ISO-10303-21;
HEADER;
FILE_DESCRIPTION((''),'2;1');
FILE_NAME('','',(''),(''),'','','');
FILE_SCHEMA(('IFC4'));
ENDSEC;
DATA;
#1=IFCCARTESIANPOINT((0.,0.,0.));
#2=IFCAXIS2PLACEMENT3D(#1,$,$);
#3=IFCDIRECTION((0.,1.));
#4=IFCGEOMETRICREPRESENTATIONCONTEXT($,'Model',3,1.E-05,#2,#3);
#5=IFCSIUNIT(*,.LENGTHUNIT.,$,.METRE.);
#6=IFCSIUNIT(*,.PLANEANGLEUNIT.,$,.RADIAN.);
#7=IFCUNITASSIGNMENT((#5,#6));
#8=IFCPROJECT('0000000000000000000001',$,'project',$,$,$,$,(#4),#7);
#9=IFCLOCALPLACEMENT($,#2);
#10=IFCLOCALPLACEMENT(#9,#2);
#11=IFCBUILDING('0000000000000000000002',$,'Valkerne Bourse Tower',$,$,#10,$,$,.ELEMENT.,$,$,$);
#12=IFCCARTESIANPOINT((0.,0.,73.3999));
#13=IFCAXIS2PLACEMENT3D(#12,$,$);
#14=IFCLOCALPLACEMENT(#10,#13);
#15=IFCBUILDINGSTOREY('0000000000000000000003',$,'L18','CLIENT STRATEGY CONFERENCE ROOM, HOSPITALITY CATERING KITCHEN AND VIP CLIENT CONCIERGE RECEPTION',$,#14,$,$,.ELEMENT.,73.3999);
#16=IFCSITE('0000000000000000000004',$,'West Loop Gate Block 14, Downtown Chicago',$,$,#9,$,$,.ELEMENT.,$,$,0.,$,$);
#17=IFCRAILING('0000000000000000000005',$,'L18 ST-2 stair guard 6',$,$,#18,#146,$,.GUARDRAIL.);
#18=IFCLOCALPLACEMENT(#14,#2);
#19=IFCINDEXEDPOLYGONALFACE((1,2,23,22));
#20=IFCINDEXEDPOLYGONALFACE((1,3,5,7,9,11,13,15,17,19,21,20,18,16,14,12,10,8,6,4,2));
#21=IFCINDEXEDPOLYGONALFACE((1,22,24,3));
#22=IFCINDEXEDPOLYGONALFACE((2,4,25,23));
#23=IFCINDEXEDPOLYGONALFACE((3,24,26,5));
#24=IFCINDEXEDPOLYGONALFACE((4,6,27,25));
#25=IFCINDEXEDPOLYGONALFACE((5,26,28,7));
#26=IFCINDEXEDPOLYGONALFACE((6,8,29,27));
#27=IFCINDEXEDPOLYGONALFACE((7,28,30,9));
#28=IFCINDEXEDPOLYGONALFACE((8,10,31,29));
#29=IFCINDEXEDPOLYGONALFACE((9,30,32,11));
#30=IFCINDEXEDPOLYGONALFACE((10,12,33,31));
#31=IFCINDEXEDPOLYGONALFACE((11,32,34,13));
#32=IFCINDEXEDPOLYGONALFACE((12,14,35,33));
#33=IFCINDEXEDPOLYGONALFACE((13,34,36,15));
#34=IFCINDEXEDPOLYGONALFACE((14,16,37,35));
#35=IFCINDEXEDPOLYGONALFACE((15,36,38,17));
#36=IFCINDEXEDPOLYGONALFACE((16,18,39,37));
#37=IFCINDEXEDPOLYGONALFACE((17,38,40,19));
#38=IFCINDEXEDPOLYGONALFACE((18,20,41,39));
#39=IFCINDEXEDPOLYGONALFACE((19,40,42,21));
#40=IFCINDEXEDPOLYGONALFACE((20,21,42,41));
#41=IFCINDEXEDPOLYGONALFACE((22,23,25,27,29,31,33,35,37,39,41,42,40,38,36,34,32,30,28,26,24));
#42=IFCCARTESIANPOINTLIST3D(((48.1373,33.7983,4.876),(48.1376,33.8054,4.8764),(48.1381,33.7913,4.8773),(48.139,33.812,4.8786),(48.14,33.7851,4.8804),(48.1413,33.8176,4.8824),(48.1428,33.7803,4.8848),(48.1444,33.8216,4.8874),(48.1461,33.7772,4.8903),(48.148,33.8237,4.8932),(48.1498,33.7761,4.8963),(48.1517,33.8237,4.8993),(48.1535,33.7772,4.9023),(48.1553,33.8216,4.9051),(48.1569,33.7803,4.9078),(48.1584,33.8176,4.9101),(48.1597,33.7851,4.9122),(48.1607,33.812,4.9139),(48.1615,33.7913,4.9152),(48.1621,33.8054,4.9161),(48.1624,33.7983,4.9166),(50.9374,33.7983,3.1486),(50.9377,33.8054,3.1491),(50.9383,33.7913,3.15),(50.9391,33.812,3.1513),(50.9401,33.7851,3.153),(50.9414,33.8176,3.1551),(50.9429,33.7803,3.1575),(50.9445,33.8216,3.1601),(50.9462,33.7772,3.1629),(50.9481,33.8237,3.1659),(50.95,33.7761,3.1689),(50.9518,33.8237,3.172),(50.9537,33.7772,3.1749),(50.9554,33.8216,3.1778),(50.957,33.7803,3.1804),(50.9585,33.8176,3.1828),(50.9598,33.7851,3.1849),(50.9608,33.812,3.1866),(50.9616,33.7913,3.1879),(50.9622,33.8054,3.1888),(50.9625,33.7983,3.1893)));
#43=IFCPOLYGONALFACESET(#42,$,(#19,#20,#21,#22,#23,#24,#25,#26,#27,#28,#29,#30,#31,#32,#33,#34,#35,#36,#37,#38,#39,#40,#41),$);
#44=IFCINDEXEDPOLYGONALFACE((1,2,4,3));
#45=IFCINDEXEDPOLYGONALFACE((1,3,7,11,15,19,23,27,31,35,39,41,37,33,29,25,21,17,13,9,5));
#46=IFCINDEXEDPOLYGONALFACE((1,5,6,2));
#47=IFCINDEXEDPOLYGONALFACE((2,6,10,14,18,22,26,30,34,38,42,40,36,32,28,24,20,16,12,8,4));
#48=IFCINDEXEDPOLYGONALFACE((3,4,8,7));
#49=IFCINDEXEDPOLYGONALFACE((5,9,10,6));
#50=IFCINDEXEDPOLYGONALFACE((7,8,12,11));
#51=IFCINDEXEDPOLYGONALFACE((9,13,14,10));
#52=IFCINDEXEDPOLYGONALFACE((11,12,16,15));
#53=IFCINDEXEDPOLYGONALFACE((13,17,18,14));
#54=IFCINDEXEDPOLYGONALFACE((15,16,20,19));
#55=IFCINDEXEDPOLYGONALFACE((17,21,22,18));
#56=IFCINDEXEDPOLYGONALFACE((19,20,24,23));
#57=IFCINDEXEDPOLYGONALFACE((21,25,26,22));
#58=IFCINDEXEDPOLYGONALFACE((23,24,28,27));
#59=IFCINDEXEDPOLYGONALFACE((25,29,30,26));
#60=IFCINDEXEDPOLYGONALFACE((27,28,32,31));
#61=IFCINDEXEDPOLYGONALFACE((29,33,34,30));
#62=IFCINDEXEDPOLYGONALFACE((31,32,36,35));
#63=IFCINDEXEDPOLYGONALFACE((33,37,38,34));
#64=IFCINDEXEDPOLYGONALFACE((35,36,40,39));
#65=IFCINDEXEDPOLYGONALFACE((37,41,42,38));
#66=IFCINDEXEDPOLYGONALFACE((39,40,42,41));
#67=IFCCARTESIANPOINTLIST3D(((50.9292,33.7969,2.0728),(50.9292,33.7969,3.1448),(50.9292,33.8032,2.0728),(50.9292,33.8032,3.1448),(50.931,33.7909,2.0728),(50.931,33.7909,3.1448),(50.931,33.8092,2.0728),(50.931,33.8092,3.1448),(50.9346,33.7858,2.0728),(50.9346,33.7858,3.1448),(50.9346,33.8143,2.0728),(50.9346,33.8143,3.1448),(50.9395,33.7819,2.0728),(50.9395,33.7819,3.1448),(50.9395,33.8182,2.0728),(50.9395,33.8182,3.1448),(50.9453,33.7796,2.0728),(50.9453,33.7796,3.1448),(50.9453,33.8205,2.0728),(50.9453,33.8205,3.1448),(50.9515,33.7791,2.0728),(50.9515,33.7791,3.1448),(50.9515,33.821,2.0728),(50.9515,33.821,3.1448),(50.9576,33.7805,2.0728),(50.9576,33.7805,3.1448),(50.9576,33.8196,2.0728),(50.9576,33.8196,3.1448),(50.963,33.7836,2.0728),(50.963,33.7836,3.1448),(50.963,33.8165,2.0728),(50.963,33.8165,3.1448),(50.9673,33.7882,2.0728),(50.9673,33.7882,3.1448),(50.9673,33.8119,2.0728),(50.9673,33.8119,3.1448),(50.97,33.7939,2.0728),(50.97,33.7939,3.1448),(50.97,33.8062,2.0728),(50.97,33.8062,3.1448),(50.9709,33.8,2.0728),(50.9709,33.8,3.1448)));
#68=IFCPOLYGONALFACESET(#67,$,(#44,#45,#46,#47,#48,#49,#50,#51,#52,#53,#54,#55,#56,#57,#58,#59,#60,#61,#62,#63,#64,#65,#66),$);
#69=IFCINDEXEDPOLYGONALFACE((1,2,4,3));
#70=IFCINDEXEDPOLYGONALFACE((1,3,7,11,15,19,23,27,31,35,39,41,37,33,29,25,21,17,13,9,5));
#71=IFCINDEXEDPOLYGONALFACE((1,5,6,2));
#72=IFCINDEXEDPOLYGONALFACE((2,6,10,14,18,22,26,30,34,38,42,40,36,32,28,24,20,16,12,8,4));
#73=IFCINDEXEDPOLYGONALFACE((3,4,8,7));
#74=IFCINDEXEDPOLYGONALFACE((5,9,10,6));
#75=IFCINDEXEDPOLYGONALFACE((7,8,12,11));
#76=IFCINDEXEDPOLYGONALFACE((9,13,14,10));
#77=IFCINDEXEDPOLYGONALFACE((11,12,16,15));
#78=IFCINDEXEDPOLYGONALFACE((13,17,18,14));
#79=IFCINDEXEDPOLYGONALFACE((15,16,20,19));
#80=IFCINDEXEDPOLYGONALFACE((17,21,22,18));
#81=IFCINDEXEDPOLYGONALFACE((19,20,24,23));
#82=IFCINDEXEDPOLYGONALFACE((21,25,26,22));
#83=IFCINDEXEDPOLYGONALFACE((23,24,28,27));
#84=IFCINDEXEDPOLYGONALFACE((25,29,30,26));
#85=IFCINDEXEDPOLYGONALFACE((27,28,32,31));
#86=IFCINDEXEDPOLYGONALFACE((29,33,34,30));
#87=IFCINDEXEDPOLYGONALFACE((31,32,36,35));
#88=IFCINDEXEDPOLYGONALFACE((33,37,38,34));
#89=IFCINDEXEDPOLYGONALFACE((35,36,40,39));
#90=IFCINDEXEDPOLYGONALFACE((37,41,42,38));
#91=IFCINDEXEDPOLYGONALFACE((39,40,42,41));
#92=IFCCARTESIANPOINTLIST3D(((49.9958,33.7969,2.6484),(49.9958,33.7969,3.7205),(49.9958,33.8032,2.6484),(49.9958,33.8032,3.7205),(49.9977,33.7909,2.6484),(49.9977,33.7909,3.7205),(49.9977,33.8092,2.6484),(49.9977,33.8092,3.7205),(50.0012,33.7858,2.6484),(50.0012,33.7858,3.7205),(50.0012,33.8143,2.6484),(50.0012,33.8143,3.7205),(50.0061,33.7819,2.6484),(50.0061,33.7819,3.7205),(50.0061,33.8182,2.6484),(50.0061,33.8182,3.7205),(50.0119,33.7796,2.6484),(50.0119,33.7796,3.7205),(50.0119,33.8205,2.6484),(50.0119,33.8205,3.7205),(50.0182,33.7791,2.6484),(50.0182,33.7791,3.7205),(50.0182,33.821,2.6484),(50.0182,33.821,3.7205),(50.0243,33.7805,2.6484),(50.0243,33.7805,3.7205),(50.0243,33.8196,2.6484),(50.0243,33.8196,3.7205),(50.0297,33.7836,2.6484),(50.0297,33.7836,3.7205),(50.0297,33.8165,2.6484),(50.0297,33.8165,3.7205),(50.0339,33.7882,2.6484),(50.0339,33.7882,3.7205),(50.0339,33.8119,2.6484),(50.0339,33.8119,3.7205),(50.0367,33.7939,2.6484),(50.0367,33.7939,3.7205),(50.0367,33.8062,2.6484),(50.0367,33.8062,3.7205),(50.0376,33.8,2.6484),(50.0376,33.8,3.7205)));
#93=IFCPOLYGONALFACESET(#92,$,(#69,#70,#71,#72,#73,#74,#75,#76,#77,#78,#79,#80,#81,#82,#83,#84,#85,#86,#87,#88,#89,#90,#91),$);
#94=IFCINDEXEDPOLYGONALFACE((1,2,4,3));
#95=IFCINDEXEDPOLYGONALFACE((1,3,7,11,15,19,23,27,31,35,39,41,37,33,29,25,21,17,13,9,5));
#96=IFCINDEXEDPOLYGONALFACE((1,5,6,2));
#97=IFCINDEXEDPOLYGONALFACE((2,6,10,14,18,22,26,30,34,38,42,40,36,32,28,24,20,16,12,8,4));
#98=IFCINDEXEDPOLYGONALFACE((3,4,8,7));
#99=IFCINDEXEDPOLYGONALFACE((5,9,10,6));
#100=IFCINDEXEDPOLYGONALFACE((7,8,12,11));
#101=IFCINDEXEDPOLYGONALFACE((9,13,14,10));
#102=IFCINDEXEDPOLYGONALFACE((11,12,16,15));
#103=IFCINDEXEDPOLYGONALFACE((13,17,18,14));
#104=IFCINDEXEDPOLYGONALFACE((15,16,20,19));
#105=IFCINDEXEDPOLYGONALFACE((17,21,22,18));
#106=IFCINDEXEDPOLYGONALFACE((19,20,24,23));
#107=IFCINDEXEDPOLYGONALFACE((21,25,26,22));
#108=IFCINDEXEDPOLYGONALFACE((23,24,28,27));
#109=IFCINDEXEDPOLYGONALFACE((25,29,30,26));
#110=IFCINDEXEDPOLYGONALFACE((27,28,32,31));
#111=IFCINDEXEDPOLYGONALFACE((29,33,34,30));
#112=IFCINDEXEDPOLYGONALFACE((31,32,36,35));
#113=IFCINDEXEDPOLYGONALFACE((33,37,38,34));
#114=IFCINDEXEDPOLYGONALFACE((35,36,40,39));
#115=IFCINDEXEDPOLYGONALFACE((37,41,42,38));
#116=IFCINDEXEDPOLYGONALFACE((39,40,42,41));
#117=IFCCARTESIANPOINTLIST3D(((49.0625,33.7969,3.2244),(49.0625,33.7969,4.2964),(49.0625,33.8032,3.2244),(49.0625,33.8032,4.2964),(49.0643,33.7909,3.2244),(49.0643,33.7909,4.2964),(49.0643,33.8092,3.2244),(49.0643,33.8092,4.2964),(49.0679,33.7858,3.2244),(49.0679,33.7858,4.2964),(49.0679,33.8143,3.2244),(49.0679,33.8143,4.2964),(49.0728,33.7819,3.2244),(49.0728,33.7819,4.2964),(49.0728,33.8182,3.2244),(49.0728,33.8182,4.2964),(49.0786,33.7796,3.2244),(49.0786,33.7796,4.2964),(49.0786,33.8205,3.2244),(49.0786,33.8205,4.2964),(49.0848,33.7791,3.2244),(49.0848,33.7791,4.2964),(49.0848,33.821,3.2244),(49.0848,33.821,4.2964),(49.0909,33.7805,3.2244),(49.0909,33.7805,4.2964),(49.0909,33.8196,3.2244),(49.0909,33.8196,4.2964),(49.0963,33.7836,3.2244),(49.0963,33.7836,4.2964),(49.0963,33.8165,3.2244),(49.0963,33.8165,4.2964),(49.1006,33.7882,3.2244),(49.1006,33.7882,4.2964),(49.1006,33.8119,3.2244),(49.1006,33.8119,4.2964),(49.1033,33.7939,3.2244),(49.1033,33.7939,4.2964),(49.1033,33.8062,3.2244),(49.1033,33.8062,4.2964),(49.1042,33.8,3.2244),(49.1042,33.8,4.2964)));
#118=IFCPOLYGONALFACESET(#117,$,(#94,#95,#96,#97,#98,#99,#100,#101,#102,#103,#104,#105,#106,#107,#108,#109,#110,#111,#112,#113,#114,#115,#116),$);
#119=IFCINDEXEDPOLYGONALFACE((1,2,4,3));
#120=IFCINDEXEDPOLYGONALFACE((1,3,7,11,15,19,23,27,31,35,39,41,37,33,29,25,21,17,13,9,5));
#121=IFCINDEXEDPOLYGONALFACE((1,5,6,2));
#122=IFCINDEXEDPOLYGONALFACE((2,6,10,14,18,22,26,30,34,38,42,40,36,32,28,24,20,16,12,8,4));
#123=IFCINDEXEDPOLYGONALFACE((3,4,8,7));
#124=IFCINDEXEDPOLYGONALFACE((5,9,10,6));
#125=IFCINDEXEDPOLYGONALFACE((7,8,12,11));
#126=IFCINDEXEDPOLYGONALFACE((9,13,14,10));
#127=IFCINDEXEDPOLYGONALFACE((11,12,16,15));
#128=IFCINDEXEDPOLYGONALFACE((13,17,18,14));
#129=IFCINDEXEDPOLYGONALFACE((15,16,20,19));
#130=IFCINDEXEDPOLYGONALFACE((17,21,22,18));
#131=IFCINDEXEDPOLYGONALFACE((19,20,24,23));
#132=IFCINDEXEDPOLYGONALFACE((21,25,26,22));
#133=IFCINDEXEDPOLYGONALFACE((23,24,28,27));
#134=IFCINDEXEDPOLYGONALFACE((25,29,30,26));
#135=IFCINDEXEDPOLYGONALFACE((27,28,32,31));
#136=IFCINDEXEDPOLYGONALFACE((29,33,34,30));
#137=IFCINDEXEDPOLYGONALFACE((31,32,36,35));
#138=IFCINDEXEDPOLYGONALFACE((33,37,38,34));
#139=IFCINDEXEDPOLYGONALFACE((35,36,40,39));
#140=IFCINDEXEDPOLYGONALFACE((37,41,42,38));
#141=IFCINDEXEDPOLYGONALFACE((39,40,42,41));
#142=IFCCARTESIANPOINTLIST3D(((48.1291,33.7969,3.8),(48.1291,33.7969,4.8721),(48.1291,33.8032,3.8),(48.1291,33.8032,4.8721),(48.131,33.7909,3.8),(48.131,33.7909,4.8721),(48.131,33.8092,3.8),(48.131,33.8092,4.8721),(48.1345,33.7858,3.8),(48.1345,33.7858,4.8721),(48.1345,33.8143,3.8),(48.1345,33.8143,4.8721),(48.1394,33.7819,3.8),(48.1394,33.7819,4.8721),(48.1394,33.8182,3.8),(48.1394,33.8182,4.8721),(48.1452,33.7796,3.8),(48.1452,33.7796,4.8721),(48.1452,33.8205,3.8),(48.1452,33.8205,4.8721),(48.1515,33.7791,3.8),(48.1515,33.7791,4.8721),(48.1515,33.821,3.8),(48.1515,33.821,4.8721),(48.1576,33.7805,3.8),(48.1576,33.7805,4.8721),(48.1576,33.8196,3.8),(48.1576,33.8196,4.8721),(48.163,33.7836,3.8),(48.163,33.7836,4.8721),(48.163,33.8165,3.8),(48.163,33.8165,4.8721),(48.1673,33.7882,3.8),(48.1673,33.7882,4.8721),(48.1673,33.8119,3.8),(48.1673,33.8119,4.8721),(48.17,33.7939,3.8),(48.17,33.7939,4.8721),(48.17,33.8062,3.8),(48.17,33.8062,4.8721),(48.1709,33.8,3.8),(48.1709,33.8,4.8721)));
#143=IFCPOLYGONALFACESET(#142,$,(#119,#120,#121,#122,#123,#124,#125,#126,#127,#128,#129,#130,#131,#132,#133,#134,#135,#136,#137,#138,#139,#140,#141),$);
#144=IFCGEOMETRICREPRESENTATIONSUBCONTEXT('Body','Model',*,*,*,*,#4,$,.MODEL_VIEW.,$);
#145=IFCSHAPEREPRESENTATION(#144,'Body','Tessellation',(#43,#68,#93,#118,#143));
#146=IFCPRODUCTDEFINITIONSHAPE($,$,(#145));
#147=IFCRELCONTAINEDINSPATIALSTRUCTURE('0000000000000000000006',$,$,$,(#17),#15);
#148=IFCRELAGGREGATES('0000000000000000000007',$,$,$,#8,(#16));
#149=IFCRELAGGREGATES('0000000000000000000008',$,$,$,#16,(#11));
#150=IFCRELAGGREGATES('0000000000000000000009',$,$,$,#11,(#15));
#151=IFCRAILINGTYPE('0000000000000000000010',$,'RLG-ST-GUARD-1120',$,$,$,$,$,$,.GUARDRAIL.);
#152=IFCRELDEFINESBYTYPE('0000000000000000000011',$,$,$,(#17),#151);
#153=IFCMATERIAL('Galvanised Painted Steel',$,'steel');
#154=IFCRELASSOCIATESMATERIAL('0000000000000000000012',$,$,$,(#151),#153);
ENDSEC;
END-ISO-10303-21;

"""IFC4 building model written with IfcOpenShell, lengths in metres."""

from ifc_helpers import new_model, si_unit, direction, frame, origin, origin_2d, place, context, subcontext, project, spatial, circle, extrude, material, type_object, element, save


model = new_model("IFC4")

# Units and contexts
model_context = context("Model", 3, precision=1e-05, world=origin(), true_north=direction((0.0, 1.0)))
body_context = subcontext(model_context, "Body", "Model", "MODEL_VIEW")
ifc_project = project(units=[si_unit("LENGTHUNIT", "METRE"), si_unit("PLANEANGLEUNIT", "RADIAN")], contexts=[model_context])

# Site, building, storey
site_placement = place(None, origin())
site = spatial("IfcSite", under=ifc_project, at=site_placement, Name="West Loop Gate Block 14, Downtown Chicago", CompositionType="ELEMENT", RefElevation=0.0)
building_placement = place(site_placement, origin())
building = spatial("IfcBuilding", under=site, at=building_placement, Name="Valkerne Bourse Tower", CompositionType="ELEMENT")
storey_placement = place(building_placement, frame((0.0, 0.0, 73.3999)))
storey = spatial("IfcBuildingStorey", under=building, at=storey_placement, Name="L18", Description="CLIENT STRATEGY CONFERENCE ROOM, HOSPITALITY CATERING KITCHEN AND VIP CLIENT CONCIERGE RECEPTION", CompositionType="ELEMENT", Elevation=73.3999)

# Railing
ifc_material_1 = material(Name="Galvanised Painted Steel", Category="steel")
railing_type_1 = type_object("IfcRailingType", Name="RLG-ST-GUARD-1120", PredefinedType="GUARDRAIL", material=ifc_material_1)
railing_1_placement = place(storey_placement, frame((50.95, 33.8, 2.0728)))
element("IfcRailing", 1, at=railing_1_placement, inside=storey, type_object=railing_type_1, Name="L18 ST-2 stair guard 6", PredefinedType="GUARDRAIL", context=body_context, shape_type="SweptSolid", body=[
    extrude(circle(Radius=0.0239, at=origin_2d()), frame((0.0, 0.0, 1.0962), z_axis=(-0.85109, 0.0, 0.52502), x_axis=(0.0, -1.0, 0.0)), (0.0, 0.0, 1.0), 3.29),
    extrude(circle(Radius=0.021, at=origin_2d()), origin(), (0.0, 0.0, 1.0), 1.072),
    extrude(circle(Radius=0.021, at=origin_2d()), frame((-0.9333, 0.0, 0.5757)), (0.0, 0.0, 1.0), 1.072),
    extrude(circle(Radius=0.021, at=origin_2d()), frame((-1.8667, 0.0, 1.1516)), (0.0, 0.0, 1.0), 1.072),
    extrude(circle(Radius=0.021, at=origin_2d()), frame((-2.8, 0.0, 1.7273)), (0.0, 0.0, 1.0), 1.072),
])

save(model, "model.ifc")
